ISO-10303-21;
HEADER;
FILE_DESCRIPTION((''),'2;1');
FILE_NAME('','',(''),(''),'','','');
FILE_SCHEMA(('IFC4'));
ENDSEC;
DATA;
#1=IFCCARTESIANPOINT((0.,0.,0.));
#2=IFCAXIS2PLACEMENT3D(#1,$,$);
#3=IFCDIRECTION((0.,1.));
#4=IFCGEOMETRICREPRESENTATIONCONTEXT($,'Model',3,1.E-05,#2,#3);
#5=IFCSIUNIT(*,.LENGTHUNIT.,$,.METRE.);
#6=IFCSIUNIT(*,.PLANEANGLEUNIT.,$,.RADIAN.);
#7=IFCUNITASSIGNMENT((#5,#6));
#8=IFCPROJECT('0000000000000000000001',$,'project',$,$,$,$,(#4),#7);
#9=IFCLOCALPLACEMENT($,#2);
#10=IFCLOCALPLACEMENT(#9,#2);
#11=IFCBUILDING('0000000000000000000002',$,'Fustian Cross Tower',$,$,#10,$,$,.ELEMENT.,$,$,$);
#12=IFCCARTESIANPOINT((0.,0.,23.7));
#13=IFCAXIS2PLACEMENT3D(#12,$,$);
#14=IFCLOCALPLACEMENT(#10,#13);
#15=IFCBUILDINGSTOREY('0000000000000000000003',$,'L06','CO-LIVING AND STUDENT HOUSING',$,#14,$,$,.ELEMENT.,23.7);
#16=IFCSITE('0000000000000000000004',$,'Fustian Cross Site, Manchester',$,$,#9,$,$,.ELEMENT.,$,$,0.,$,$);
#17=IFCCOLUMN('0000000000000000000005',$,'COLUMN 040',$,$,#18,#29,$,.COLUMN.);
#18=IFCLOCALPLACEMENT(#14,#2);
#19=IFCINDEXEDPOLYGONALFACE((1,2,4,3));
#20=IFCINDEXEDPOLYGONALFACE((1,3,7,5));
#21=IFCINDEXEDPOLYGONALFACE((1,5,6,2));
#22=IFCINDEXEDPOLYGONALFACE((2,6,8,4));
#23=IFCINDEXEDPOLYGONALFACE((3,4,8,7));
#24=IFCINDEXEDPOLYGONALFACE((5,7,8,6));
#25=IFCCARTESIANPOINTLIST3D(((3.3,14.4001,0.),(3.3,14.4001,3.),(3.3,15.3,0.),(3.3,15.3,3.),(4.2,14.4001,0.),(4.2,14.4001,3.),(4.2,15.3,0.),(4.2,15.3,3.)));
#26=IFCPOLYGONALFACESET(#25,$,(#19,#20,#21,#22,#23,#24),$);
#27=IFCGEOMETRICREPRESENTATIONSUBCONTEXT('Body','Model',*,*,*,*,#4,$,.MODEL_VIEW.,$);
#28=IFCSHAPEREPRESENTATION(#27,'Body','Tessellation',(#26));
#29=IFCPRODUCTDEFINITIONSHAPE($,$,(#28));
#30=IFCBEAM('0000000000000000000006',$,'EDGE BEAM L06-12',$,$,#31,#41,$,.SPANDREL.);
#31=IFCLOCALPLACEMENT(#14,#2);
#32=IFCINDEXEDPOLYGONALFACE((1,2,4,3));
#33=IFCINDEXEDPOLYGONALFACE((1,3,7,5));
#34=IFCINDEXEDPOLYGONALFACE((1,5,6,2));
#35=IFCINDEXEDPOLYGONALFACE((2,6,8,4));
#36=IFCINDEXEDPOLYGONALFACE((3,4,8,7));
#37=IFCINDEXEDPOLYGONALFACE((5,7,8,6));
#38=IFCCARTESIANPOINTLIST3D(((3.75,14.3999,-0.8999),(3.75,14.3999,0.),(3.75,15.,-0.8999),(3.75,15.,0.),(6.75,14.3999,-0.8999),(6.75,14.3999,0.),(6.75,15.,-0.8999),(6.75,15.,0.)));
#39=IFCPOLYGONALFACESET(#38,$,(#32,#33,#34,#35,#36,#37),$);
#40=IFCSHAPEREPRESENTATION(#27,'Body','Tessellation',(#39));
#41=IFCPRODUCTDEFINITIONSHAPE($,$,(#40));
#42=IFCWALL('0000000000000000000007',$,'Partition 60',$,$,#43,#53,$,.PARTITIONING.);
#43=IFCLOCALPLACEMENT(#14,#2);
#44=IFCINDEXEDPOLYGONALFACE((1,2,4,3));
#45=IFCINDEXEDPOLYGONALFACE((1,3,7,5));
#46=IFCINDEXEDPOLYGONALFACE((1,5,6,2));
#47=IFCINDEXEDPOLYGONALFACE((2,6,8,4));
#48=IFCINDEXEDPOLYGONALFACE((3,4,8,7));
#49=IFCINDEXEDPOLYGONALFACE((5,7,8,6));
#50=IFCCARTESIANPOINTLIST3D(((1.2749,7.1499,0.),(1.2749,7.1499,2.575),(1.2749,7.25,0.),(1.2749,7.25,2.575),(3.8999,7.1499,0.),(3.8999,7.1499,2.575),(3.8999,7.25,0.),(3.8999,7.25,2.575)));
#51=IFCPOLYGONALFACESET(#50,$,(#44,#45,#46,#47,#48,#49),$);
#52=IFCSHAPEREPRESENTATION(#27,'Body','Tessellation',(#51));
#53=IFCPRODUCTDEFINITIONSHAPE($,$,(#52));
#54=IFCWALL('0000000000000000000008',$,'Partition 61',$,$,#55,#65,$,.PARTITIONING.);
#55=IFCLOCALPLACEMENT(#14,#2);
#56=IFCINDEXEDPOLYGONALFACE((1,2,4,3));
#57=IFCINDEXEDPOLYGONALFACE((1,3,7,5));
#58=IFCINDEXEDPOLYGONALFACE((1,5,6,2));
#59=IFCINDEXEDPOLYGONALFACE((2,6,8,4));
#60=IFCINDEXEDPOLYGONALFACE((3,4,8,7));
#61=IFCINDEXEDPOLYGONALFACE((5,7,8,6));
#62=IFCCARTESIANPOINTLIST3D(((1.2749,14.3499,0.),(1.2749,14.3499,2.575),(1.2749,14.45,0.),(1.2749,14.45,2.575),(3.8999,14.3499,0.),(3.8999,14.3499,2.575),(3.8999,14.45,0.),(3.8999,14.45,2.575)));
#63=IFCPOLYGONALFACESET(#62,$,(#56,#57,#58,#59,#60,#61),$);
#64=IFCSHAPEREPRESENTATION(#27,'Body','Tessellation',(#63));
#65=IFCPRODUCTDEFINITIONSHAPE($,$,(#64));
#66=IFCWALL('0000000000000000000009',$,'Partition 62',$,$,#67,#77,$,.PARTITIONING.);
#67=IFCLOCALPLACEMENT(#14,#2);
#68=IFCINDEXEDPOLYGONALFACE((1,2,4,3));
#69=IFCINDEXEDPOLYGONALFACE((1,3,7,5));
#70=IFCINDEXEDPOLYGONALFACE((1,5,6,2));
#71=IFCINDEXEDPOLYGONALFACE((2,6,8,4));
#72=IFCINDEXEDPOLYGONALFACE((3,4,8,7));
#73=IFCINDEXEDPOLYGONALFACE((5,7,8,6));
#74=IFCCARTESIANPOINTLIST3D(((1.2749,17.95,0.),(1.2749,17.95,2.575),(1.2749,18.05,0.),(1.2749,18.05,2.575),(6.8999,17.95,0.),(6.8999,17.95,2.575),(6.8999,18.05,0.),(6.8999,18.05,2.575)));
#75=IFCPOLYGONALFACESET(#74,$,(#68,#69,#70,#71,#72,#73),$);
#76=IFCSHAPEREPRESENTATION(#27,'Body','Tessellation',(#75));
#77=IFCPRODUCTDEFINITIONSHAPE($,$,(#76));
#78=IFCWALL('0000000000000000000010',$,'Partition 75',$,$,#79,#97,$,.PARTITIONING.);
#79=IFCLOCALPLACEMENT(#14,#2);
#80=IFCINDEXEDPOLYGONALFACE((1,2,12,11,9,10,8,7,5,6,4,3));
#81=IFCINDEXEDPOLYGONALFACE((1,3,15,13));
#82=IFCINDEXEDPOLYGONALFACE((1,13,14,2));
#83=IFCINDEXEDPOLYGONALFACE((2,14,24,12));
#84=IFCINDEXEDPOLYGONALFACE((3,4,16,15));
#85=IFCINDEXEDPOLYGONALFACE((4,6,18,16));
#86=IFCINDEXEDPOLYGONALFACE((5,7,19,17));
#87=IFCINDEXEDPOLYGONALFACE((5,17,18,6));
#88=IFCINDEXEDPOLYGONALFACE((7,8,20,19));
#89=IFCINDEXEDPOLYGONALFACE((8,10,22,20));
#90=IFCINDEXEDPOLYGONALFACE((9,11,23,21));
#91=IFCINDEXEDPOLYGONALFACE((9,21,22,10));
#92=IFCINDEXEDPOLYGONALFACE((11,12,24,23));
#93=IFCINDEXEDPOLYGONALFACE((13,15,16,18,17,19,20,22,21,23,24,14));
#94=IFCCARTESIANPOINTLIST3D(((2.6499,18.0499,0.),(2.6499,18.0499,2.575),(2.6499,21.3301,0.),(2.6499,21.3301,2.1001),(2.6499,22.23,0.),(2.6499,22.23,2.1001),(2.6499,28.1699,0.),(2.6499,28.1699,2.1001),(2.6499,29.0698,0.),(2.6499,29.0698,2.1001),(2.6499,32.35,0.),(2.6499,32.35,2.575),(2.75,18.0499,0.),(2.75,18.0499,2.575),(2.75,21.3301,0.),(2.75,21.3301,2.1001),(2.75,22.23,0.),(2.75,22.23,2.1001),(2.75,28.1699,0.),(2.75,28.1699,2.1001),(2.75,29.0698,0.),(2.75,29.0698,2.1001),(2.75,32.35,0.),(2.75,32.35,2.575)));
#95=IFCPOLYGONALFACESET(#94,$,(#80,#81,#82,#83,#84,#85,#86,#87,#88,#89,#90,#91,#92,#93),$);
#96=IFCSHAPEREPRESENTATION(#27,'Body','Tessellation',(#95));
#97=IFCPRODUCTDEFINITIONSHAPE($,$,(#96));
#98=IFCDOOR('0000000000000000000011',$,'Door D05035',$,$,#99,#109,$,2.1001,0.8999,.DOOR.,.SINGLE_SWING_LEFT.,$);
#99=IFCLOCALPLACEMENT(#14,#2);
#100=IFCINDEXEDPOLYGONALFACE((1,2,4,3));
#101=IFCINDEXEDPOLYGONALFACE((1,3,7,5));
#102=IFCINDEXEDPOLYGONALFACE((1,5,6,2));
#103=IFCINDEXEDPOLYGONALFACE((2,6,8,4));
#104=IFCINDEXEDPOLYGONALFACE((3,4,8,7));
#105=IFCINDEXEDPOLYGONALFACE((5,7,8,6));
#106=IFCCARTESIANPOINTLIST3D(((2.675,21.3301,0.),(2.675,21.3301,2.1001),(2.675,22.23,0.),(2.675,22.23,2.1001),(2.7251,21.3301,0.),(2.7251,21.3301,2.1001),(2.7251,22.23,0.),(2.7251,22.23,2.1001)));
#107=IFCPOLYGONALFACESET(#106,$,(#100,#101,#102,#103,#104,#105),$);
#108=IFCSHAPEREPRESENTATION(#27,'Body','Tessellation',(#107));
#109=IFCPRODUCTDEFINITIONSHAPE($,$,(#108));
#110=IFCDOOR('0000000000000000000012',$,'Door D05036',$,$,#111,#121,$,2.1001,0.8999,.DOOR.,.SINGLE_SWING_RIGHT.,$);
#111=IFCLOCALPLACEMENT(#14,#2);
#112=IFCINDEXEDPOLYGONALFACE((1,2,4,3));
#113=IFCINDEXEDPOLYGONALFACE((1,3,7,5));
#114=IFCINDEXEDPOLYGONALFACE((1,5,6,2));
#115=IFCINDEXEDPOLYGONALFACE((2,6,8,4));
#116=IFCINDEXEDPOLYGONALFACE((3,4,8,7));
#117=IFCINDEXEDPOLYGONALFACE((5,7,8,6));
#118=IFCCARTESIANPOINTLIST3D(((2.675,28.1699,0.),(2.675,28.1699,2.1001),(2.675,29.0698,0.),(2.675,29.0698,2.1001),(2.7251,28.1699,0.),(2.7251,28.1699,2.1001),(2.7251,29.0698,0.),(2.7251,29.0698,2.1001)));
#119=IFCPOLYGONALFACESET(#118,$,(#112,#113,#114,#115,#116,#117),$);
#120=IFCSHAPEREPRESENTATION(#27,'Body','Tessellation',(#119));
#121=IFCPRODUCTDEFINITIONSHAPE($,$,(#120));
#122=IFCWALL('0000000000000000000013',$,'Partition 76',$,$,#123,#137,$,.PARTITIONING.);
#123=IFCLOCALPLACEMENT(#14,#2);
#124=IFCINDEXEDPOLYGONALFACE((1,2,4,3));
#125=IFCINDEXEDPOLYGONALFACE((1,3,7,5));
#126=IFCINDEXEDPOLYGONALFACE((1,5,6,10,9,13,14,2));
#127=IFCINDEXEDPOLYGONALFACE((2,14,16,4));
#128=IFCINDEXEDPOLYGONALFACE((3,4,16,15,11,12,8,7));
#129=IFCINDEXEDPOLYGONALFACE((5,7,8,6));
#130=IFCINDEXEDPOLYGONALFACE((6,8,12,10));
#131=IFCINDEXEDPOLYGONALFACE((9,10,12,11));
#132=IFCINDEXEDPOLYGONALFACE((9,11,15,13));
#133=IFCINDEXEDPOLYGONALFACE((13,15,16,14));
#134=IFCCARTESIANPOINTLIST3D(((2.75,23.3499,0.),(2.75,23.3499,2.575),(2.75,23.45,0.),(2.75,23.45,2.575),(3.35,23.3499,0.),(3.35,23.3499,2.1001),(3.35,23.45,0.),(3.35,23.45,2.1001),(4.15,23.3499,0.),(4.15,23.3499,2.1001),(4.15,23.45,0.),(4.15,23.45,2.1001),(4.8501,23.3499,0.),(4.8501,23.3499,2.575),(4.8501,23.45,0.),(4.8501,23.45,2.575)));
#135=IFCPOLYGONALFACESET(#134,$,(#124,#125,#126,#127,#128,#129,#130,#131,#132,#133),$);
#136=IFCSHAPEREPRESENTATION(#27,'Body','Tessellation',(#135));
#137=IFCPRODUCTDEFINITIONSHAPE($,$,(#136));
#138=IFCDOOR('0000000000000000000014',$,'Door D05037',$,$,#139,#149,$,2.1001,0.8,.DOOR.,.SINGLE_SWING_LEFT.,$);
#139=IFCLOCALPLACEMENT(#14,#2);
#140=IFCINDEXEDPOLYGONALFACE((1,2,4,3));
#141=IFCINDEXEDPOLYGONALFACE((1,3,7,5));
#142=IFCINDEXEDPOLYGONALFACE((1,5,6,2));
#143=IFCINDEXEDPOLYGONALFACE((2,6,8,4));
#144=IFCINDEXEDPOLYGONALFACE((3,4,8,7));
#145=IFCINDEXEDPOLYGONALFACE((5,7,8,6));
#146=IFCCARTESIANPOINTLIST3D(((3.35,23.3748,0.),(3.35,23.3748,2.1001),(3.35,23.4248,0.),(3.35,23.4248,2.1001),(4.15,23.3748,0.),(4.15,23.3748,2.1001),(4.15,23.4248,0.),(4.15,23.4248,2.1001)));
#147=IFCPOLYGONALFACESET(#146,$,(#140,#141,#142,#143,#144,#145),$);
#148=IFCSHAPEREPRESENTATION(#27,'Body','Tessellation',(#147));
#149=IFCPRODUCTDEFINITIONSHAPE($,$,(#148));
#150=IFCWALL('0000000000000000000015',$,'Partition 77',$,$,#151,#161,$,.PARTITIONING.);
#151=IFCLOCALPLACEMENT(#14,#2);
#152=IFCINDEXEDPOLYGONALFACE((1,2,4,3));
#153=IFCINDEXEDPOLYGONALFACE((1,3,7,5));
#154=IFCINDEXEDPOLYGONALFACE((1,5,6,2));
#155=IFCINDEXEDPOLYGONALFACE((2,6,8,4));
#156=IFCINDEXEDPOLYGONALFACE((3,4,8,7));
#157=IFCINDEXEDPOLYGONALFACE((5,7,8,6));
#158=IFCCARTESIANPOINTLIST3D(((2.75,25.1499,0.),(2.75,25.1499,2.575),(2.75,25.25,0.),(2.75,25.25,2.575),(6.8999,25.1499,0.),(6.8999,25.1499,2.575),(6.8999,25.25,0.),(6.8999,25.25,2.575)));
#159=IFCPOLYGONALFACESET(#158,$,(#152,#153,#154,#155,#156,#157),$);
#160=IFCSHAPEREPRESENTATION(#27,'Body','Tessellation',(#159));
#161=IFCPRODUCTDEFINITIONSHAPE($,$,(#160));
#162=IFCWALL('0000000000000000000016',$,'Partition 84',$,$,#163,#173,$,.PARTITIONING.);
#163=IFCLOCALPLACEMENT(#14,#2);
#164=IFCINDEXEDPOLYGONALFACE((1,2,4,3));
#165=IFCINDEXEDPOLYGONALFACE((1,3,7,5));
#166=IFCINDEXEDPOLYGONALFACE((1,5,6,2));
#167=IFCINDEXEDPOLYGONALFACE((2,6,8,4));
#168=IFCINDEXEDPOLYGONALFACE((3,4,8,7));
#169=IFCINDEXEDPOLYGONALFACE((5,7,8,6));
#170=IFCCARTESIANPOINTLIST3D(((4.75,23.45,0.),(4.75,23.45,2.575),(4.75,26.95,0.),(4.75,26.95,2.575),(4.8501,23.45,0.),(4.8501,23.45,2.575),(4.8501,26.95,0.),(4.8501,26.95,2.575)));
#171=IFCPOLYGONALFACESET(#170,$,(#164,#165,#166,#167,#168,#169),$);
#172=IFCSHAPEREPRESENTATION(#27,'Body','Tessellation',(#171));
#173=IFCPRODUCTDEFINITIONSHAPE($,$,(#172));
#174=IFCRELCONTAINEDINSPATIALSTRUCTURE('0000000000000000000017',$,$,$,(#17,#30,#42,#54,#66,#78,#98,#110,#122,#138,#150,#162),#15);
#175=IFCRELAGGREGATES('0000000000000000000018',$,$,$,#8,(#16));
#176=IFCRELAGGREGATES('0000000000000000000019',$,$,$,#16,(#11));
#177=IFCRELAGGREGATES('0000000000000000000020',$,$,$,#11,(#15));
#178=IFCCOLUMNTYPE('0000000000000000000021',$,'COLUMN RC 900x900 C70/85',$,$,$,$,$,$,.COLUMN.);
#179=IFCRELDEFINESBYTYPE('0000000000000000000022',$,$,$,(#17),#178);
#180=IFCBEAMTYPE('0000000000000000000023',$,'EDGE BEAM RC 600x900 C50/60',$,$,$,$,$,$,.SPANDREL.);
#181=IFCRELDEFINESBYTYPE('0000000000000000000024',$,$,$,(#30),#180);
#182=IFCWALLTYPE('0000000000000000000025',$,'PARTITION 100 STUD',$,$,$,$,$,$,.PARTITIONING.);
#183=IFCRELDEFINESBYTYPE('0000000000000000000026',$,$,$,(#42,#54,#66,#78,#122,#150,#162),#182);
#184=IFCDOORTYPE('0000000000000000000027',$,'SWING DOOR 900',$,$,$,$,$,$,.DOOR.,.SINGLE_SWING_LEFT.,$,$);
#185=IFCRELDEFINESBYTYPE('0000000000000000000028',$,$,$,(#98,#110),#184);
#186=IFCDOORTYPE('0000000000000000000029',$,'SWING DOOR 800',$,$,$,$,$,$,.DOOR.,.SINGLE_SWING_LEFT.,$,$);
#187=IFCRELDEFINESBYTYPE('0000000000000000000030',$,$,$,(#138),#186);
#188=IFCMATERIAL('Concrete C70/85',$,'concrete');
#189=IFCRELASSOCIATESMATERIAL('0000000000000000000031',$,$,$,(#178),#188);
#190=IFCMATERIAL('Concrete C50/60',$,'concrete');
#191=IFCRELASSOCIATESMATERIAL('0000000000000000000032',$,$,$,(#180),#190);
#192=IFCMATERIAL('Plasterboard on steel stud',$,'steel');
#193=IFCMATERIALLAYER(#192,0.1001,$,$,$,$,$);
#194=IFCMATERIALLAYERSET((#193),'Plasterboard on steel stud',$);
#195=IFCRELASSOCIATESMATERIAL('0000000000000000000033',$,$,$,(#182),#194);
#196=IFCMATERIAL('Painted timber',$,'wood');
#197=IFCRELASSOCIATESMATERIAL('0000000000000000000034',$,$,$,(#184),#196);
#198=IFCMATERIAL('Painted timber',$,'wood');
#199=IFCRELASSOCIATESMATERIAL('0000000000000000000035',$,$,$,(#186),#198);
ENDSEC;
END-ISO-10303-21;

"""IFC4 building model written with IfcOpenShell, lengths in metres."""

from ifc_helpers import new_model, si_unit, direction, frame, frame_2d, origin, origin_2d, place, context, subcontext, project, spatial, rectangle, extrude, material, layer, layer_set, material_profile, profile_set, type_object, element, fill, save


model = new_model("IFC4")

# Units and contexts
model_context = context("Model", 3, precision=1e-05, world=origin(), true_north=direction((0.0, 1.0)))
body_context = subcontext(model_context, "Body", "Model", "MODEL_VIEW")
ifc_project = project(units=[si_unit("LENGTHUNIT", "METRE"), si_unit("PLANEANGLEUNIT", "RADIAN")], contexts=[model_context])

# Site, building, storey
site_placement = place(None, origin())
site = spatial("IfcSite", under=ifc_project, at=site_placement, Name="Fustian Cross Site, Manchester", CompositionType="ELEMENT", RefElevation=0.0)
building_placement = place(site_placement, origin())
building = spatial("IfcBuilding", under=site, at=building_placement, Name="Fustian Cross Tower", CompositionType="ELEMENT")
storey_placement = place(building_placement, frame((0.0, 0.0, 23.7)))
storey = spatial("IfcBuildingStorey", under=building, at=storey_placement, Name="L06", Description="CO-LIVING AND STUDENT HOUSING", CompositionType="ELEMENT", Elevation=23.7)

# Column
ifc_material_1 = material(Name="Concrete C70/85", Category="concrete")
ifc_material_profile_1 = material_profile(ifc_material_1, rectangle(XDim=0.8999, YDim=0.8999, at=origin_2d()), Name="RC 900x900")
ifc_profile_set_1 = profile_set([ifc_material_profile_1], Name="Concrete C70/85")
column_type = type_object("IfcColumnType", Name="COLUMN RC 900x900 C70/85", PredefinedType="COLUMN", material=ifc_profile_set_1)
column_placement = place(storey_placement, frame((3.75, 14.8501, 0.0), z_axis=(0.0, 0.0, 1.0), x_axis=(1.0, 0.0, 0.0)))
element("IfcColumn", 1, at=column_placement, inside=storey, type_object=column_type, Name="COLUMN 040", PredefinedType="COLUMN", context=body_context, shape_type="SweptSolid", body=[
    extrude(rectangle(XDim=0.8999, YDim=0.8999, at=origin_2d()), origin(), (0.0, 0.0, 1.0), 3.0),
])

# Beam
ifc_material_2 = material(Name="Concrete C50/60", Category="concrete")
ifc_material_profile_2 = material_profile(ifc_material_2, rectangle(XDim=0.6001, YDim=0.8999, at=origin_2d()), Name="RC 600x900")
ifc_profile_set_2 = profile_set([ifc_material_profile_2], Name="Concrete C50/60")
beam_type = type_object("IfcBeamType", Name="EDGE BEAM RC 600x900 C50/60", PredefinedType="SPANDREL", material=ifc_profile_set_2)
beam_placement = place(storey_placement, frame((3.75, 14.7, -0.45), z_axis=(1.0, 0.0, 0.0), x_axis=(0.0, 1.0, 0.0)))
element("IfcBeam", 2, at=beam_placement, inside=storey, type_object=beam_type, Name="EDGE BEAM L06-12", PredefinedType="SPANDREL", context=body_context, shape_type="SweptSolid", body=[
    extrude(rectangle(XDim=0.6001, YDim=0.8999, at=origin_2d()), origin(), (0.0, 0.0, 1.0), 3.0),
])

# Walls
ifc_material_3 = material(Name="Plasterboard on steel stud", Category="steel")
ifc_layer_1 = layer(ifc_material_3, 0.1001)
ifc_layer_set_1 = layer_set([ifc_layer_1], Name="Plasterboard on steel stud")
wall_type_1 = type_object("IfcWallType", Name="PARTITION 100 STUD", PredefinedType="PARTITIONING", material=ifc_layer_set_1)
for number, where, z_axis, x_axis, name in (
    (3, (1.2749, 7.2, 0.0), (0.0, 0.0, 1.0), (1.0, 0.0, 0.0), "Partition 60"),
    (4, (1.2749, 14.3999, 0.0), (0.0, 0.0, 1.0), (1.0, 0.0, 0.0), "Partition 61"),
):
    element("IfcWall", number, at=place(storey_placement, frame(where, z_axis=z_axis, x_axis=x_axis)), inside=storey, type_object=wall_type_1, Name=name, PredefinedType="PARTITIONING", context=body_context, shape_type="SweptSolid", body=[
        extrude(rectangle(XDim=2.625, YDim=0.1001, at=frame_2d((1.3125, 0.0))), origin(), (0.0, 0.0, 1.0), 2.575),
    ])
wall_1_placement = place(storey_placement, frame((1.2749, 18.0, 0.0), z_axis=(0.0, 0.0, 1.0), x_axis=(1.0, 0.0, 0.0)))
element("IfcWall", 5, at=wall_1_placement, inside=storey, type_object=wall_type_1, Name="Partition 62", PredefinedType="PARTITIONING", context=body_context, shape_type="SweptSolid", body=[
    extrude(rectangle(XDim=5.625, YDim=0.1001, at=frame_2d((2.8125, 0.0))), origin(), (0.0, 0.0, 1.0), 2.575),
])

# Wall, openings, doors
wall_2_placement = place(storey_placement, frame((2.7, 18.05, 0.0), z_axis=(0.0, 0.0, 1.0), x_axis=(0.0, 1.0, 0.0)))
wall_2 = element("IfcWall", 6, at=wall_2_placement, inside=storey, type_object=wall_type_1, Name="Partition 75", PredefinedType="PARTITIONING", context=body_context, shape_type="SweptSolid", body=[
    extrude(rectangle(XDim=14.3, YDim=0.1001, at=frame_2d((7.1499, 0.0))), origin(), (0.0, 0.0, 1.0), 2.575),
])
opening_1_placement = place(wall_2_placement, frame((3.28, 0.0, 0.0)))
opening_1 = element("IfcOpeningElement", 7, at=opening_1_placement, cuts=wall_2, PredefinedType="OPENING", context=body_context, shape_type="SweptSolid", body=[
    extrude(rectangle(XDim=0.8999, YDim=2.1001, at=frame_2d((0.45, 1.05))), frame((0.0, 0.0601, 0.0), z_axis=(0.0, -1.0, 0.0), x_axis=(1.0, 0.0, 0.0)), (0.0, 0.0, 1.0), 0.1201),
])
opening_2_placement = place(wall_2_placement, frame((10.1199, 0.0, 0.0)))
opening_2 = element("IfcOpeningElement", 8, at=opening_2_placement, cuts=wall_2, PredefinedType="OPENING", context=body_context, shape_type="SweptSolid", body=[
    extrude(rectangle(XDim=0.8999, YDim=2.1001, at=frame_2d((0.45, 1.05))), frame((0.0, 0.0601, 0.0), z_axis=(0.0, -1.0, 0.0), x_axis=(1.0, 0.0, 0.0)), (0.0, 0.0, 1.0), 0.1201),
])
ifc_material_4 = material(Name="Painted timber", Category="wood")
door_type_1 = type_object("IfcDoorType", Name="SWING DOOR 900", OperationType="SINGLE_SWING_LEFT", PredefinedType="DOOR", material=ifc_material_4)
door_1_placement = place(opening_1_placement, origin())
door_1 = element("IfcDoor", 9, at=door_1_placement, inside=storey, type_object=door_type_1, Name="Door D05035", OperationType="SINGLE_SWING_LEFT", OverallHeight=2.1001, OverallWidth=0.8999, PredefinedType="DOOR", context=body_context, shape_type="SweptSolid", body=[
    extrude(rectangle(XDim=0.8999, YDim=2.1001, at=frame_2d((0.45, 1.05))), frame((0.0, 0.0249, 0.0), z_axis=(0.0, -1.0, 0.0), x_axis=(1.0, 0.0, 0.0)), (0.0, 0.0, 1.0), 0.05),
])
fill(opening_1, door_1)
door_2_placement = place(opening_2_placement, origin())
door_2 = element("IfcDoor", 10, at=door_2_placement, inside=storey, type_object=door_type_1, Name="Door D05036", OperationType="SINGLE_SWING_RIGHT", OverallHeight=2.1001, OverallWidth=0.8999, PredefinedType="DOOR", context=body_context, shape_type="SweptSolid", body=[
    extrude(rectangle(XDim=0.8999, YDim=2.1001, at=frame_2d((0.45, 1.05))), frame((0.0, 0.0249, 0.0), z_axis=(0.0, -1.0, 0.0), x_axis=(1.0, 0.0, 0.0)), (0.0, 0.0, 1.0), 0.05),
])
fill(opening_2, door_2)

# Wall, opening, door
wall_3_placement = place(storey_placement, frame((2.75, 23.3999, 0.0), z_axis=(0.0, 0.0, 1.0), x_axis=(1.0, 0.0, 0.0)))
wall_3 = element("IfcWall", 11, at=wall_3_placement, inside=storey, type_object=wall_type_1, Name="Partition 76", PredefinedType="PARTITIONING", context=body_context, shape_type="SweptSolid", body=[
    extrude(rectangle(XDim=2.1001, YDim=0.1001, at=frame_2d((1.05, 0.0))), origin(), (0.0, 0.0, 1.0), 2.575),
])
opening_3_placement = place(wall_3_placement, frame((0.6001, 0.0, 0.0)))
opening_3 = element("IfcOpeningElement", 12, at=opening_3_placement, cuts=wall_3, PredefinedType="OPENING", context=body_context, shape_type="SweptSolid", body=[
    extrude(rectangle(XDim=0.8, YDim=2.1001, at=frame_2d((0.3999, 1.05))), frame((0.0, 0.0601, 0.0), z_axis=(0.0, -1.0, 0.0), x_axis=(1.0, 0.0, 0.0)), (0.0, 0.0, 1.0), 0.1201),
])
ifc_material_5 = material(Name="Painted timber", Category="wood")
door_type_2 = type_object("IfcDoorType", Name="SWING DOOR 800", OperationType="SINGLE_SWING_LEFT", PredefinedType="DOOR", material=ifc_material_5)
door_3_placement = place(opening_3_placement, origin())
door_3 = element("IfcDoor", 13, at=door_3_placement, inside=storey, type_object=door_type_2, Name="Door D05037", OperationType="SINGLE_SWING_LEFT", OverallHeight=2.1001, OverallWidth=0.8, PredefinedType="DOOR", context=body_context, shape_type="SweptSolid", body=[
    extrude(rectangle(XDim=0.8, YDim=2.1001, at=frame_2d((0.3999, 1.05))), frame((0.0, 0.0249, 0.0), z_axis=(0.0, -1.0, 0.0), x_axis=(1.0, 0.0, 0.0)), (0.0, 0.0, 1.0), 0.05),
])
fill(opening_3, door_3)

# Walls
wall_4_placement = place(storey_placement, frame((2.75, 25.2, 0.0), z_axis=(0.0, 0.0, 1.0), x_axis=(1.0, 0.0, 0.0)))
element("IfcWall", 14, at=wall_4_placement, inside=storey, type_object=wall_type_1, Name="Partition 77", PredefinedType="PARTITIONING", context=body_context, shape_type="SweptSolid", body=[
    extrude(rectangle(XDim=4.1499, YDim=0.1001, at=frame_2d((2.075, 0.0))), origin(), (0.0, 0.0, 1.0), 2.575),
])
wall_5_placement = place(storey_placement, frame((4.8, 23.45, 0.0), z_axis=(0.0, 0.0, 1.0), x_axis=(0.0, 1.0, 0.0)))
element("IfcWall", 15, at=wall_5_placement, inside=storey, type_object=wall_type_1, Name="Partition 84", PredefinedType="PARTITIONING", context=body_context, shape_type="SweptSolid", body=[
    extrude(rectangle(XDim=3.5, YDim=0.1001, at=frame_2d((1.75, 0.0))), origin(), (0.0, 0.0, 1.0), 2.575),
])

save(model, "model.ifc")
